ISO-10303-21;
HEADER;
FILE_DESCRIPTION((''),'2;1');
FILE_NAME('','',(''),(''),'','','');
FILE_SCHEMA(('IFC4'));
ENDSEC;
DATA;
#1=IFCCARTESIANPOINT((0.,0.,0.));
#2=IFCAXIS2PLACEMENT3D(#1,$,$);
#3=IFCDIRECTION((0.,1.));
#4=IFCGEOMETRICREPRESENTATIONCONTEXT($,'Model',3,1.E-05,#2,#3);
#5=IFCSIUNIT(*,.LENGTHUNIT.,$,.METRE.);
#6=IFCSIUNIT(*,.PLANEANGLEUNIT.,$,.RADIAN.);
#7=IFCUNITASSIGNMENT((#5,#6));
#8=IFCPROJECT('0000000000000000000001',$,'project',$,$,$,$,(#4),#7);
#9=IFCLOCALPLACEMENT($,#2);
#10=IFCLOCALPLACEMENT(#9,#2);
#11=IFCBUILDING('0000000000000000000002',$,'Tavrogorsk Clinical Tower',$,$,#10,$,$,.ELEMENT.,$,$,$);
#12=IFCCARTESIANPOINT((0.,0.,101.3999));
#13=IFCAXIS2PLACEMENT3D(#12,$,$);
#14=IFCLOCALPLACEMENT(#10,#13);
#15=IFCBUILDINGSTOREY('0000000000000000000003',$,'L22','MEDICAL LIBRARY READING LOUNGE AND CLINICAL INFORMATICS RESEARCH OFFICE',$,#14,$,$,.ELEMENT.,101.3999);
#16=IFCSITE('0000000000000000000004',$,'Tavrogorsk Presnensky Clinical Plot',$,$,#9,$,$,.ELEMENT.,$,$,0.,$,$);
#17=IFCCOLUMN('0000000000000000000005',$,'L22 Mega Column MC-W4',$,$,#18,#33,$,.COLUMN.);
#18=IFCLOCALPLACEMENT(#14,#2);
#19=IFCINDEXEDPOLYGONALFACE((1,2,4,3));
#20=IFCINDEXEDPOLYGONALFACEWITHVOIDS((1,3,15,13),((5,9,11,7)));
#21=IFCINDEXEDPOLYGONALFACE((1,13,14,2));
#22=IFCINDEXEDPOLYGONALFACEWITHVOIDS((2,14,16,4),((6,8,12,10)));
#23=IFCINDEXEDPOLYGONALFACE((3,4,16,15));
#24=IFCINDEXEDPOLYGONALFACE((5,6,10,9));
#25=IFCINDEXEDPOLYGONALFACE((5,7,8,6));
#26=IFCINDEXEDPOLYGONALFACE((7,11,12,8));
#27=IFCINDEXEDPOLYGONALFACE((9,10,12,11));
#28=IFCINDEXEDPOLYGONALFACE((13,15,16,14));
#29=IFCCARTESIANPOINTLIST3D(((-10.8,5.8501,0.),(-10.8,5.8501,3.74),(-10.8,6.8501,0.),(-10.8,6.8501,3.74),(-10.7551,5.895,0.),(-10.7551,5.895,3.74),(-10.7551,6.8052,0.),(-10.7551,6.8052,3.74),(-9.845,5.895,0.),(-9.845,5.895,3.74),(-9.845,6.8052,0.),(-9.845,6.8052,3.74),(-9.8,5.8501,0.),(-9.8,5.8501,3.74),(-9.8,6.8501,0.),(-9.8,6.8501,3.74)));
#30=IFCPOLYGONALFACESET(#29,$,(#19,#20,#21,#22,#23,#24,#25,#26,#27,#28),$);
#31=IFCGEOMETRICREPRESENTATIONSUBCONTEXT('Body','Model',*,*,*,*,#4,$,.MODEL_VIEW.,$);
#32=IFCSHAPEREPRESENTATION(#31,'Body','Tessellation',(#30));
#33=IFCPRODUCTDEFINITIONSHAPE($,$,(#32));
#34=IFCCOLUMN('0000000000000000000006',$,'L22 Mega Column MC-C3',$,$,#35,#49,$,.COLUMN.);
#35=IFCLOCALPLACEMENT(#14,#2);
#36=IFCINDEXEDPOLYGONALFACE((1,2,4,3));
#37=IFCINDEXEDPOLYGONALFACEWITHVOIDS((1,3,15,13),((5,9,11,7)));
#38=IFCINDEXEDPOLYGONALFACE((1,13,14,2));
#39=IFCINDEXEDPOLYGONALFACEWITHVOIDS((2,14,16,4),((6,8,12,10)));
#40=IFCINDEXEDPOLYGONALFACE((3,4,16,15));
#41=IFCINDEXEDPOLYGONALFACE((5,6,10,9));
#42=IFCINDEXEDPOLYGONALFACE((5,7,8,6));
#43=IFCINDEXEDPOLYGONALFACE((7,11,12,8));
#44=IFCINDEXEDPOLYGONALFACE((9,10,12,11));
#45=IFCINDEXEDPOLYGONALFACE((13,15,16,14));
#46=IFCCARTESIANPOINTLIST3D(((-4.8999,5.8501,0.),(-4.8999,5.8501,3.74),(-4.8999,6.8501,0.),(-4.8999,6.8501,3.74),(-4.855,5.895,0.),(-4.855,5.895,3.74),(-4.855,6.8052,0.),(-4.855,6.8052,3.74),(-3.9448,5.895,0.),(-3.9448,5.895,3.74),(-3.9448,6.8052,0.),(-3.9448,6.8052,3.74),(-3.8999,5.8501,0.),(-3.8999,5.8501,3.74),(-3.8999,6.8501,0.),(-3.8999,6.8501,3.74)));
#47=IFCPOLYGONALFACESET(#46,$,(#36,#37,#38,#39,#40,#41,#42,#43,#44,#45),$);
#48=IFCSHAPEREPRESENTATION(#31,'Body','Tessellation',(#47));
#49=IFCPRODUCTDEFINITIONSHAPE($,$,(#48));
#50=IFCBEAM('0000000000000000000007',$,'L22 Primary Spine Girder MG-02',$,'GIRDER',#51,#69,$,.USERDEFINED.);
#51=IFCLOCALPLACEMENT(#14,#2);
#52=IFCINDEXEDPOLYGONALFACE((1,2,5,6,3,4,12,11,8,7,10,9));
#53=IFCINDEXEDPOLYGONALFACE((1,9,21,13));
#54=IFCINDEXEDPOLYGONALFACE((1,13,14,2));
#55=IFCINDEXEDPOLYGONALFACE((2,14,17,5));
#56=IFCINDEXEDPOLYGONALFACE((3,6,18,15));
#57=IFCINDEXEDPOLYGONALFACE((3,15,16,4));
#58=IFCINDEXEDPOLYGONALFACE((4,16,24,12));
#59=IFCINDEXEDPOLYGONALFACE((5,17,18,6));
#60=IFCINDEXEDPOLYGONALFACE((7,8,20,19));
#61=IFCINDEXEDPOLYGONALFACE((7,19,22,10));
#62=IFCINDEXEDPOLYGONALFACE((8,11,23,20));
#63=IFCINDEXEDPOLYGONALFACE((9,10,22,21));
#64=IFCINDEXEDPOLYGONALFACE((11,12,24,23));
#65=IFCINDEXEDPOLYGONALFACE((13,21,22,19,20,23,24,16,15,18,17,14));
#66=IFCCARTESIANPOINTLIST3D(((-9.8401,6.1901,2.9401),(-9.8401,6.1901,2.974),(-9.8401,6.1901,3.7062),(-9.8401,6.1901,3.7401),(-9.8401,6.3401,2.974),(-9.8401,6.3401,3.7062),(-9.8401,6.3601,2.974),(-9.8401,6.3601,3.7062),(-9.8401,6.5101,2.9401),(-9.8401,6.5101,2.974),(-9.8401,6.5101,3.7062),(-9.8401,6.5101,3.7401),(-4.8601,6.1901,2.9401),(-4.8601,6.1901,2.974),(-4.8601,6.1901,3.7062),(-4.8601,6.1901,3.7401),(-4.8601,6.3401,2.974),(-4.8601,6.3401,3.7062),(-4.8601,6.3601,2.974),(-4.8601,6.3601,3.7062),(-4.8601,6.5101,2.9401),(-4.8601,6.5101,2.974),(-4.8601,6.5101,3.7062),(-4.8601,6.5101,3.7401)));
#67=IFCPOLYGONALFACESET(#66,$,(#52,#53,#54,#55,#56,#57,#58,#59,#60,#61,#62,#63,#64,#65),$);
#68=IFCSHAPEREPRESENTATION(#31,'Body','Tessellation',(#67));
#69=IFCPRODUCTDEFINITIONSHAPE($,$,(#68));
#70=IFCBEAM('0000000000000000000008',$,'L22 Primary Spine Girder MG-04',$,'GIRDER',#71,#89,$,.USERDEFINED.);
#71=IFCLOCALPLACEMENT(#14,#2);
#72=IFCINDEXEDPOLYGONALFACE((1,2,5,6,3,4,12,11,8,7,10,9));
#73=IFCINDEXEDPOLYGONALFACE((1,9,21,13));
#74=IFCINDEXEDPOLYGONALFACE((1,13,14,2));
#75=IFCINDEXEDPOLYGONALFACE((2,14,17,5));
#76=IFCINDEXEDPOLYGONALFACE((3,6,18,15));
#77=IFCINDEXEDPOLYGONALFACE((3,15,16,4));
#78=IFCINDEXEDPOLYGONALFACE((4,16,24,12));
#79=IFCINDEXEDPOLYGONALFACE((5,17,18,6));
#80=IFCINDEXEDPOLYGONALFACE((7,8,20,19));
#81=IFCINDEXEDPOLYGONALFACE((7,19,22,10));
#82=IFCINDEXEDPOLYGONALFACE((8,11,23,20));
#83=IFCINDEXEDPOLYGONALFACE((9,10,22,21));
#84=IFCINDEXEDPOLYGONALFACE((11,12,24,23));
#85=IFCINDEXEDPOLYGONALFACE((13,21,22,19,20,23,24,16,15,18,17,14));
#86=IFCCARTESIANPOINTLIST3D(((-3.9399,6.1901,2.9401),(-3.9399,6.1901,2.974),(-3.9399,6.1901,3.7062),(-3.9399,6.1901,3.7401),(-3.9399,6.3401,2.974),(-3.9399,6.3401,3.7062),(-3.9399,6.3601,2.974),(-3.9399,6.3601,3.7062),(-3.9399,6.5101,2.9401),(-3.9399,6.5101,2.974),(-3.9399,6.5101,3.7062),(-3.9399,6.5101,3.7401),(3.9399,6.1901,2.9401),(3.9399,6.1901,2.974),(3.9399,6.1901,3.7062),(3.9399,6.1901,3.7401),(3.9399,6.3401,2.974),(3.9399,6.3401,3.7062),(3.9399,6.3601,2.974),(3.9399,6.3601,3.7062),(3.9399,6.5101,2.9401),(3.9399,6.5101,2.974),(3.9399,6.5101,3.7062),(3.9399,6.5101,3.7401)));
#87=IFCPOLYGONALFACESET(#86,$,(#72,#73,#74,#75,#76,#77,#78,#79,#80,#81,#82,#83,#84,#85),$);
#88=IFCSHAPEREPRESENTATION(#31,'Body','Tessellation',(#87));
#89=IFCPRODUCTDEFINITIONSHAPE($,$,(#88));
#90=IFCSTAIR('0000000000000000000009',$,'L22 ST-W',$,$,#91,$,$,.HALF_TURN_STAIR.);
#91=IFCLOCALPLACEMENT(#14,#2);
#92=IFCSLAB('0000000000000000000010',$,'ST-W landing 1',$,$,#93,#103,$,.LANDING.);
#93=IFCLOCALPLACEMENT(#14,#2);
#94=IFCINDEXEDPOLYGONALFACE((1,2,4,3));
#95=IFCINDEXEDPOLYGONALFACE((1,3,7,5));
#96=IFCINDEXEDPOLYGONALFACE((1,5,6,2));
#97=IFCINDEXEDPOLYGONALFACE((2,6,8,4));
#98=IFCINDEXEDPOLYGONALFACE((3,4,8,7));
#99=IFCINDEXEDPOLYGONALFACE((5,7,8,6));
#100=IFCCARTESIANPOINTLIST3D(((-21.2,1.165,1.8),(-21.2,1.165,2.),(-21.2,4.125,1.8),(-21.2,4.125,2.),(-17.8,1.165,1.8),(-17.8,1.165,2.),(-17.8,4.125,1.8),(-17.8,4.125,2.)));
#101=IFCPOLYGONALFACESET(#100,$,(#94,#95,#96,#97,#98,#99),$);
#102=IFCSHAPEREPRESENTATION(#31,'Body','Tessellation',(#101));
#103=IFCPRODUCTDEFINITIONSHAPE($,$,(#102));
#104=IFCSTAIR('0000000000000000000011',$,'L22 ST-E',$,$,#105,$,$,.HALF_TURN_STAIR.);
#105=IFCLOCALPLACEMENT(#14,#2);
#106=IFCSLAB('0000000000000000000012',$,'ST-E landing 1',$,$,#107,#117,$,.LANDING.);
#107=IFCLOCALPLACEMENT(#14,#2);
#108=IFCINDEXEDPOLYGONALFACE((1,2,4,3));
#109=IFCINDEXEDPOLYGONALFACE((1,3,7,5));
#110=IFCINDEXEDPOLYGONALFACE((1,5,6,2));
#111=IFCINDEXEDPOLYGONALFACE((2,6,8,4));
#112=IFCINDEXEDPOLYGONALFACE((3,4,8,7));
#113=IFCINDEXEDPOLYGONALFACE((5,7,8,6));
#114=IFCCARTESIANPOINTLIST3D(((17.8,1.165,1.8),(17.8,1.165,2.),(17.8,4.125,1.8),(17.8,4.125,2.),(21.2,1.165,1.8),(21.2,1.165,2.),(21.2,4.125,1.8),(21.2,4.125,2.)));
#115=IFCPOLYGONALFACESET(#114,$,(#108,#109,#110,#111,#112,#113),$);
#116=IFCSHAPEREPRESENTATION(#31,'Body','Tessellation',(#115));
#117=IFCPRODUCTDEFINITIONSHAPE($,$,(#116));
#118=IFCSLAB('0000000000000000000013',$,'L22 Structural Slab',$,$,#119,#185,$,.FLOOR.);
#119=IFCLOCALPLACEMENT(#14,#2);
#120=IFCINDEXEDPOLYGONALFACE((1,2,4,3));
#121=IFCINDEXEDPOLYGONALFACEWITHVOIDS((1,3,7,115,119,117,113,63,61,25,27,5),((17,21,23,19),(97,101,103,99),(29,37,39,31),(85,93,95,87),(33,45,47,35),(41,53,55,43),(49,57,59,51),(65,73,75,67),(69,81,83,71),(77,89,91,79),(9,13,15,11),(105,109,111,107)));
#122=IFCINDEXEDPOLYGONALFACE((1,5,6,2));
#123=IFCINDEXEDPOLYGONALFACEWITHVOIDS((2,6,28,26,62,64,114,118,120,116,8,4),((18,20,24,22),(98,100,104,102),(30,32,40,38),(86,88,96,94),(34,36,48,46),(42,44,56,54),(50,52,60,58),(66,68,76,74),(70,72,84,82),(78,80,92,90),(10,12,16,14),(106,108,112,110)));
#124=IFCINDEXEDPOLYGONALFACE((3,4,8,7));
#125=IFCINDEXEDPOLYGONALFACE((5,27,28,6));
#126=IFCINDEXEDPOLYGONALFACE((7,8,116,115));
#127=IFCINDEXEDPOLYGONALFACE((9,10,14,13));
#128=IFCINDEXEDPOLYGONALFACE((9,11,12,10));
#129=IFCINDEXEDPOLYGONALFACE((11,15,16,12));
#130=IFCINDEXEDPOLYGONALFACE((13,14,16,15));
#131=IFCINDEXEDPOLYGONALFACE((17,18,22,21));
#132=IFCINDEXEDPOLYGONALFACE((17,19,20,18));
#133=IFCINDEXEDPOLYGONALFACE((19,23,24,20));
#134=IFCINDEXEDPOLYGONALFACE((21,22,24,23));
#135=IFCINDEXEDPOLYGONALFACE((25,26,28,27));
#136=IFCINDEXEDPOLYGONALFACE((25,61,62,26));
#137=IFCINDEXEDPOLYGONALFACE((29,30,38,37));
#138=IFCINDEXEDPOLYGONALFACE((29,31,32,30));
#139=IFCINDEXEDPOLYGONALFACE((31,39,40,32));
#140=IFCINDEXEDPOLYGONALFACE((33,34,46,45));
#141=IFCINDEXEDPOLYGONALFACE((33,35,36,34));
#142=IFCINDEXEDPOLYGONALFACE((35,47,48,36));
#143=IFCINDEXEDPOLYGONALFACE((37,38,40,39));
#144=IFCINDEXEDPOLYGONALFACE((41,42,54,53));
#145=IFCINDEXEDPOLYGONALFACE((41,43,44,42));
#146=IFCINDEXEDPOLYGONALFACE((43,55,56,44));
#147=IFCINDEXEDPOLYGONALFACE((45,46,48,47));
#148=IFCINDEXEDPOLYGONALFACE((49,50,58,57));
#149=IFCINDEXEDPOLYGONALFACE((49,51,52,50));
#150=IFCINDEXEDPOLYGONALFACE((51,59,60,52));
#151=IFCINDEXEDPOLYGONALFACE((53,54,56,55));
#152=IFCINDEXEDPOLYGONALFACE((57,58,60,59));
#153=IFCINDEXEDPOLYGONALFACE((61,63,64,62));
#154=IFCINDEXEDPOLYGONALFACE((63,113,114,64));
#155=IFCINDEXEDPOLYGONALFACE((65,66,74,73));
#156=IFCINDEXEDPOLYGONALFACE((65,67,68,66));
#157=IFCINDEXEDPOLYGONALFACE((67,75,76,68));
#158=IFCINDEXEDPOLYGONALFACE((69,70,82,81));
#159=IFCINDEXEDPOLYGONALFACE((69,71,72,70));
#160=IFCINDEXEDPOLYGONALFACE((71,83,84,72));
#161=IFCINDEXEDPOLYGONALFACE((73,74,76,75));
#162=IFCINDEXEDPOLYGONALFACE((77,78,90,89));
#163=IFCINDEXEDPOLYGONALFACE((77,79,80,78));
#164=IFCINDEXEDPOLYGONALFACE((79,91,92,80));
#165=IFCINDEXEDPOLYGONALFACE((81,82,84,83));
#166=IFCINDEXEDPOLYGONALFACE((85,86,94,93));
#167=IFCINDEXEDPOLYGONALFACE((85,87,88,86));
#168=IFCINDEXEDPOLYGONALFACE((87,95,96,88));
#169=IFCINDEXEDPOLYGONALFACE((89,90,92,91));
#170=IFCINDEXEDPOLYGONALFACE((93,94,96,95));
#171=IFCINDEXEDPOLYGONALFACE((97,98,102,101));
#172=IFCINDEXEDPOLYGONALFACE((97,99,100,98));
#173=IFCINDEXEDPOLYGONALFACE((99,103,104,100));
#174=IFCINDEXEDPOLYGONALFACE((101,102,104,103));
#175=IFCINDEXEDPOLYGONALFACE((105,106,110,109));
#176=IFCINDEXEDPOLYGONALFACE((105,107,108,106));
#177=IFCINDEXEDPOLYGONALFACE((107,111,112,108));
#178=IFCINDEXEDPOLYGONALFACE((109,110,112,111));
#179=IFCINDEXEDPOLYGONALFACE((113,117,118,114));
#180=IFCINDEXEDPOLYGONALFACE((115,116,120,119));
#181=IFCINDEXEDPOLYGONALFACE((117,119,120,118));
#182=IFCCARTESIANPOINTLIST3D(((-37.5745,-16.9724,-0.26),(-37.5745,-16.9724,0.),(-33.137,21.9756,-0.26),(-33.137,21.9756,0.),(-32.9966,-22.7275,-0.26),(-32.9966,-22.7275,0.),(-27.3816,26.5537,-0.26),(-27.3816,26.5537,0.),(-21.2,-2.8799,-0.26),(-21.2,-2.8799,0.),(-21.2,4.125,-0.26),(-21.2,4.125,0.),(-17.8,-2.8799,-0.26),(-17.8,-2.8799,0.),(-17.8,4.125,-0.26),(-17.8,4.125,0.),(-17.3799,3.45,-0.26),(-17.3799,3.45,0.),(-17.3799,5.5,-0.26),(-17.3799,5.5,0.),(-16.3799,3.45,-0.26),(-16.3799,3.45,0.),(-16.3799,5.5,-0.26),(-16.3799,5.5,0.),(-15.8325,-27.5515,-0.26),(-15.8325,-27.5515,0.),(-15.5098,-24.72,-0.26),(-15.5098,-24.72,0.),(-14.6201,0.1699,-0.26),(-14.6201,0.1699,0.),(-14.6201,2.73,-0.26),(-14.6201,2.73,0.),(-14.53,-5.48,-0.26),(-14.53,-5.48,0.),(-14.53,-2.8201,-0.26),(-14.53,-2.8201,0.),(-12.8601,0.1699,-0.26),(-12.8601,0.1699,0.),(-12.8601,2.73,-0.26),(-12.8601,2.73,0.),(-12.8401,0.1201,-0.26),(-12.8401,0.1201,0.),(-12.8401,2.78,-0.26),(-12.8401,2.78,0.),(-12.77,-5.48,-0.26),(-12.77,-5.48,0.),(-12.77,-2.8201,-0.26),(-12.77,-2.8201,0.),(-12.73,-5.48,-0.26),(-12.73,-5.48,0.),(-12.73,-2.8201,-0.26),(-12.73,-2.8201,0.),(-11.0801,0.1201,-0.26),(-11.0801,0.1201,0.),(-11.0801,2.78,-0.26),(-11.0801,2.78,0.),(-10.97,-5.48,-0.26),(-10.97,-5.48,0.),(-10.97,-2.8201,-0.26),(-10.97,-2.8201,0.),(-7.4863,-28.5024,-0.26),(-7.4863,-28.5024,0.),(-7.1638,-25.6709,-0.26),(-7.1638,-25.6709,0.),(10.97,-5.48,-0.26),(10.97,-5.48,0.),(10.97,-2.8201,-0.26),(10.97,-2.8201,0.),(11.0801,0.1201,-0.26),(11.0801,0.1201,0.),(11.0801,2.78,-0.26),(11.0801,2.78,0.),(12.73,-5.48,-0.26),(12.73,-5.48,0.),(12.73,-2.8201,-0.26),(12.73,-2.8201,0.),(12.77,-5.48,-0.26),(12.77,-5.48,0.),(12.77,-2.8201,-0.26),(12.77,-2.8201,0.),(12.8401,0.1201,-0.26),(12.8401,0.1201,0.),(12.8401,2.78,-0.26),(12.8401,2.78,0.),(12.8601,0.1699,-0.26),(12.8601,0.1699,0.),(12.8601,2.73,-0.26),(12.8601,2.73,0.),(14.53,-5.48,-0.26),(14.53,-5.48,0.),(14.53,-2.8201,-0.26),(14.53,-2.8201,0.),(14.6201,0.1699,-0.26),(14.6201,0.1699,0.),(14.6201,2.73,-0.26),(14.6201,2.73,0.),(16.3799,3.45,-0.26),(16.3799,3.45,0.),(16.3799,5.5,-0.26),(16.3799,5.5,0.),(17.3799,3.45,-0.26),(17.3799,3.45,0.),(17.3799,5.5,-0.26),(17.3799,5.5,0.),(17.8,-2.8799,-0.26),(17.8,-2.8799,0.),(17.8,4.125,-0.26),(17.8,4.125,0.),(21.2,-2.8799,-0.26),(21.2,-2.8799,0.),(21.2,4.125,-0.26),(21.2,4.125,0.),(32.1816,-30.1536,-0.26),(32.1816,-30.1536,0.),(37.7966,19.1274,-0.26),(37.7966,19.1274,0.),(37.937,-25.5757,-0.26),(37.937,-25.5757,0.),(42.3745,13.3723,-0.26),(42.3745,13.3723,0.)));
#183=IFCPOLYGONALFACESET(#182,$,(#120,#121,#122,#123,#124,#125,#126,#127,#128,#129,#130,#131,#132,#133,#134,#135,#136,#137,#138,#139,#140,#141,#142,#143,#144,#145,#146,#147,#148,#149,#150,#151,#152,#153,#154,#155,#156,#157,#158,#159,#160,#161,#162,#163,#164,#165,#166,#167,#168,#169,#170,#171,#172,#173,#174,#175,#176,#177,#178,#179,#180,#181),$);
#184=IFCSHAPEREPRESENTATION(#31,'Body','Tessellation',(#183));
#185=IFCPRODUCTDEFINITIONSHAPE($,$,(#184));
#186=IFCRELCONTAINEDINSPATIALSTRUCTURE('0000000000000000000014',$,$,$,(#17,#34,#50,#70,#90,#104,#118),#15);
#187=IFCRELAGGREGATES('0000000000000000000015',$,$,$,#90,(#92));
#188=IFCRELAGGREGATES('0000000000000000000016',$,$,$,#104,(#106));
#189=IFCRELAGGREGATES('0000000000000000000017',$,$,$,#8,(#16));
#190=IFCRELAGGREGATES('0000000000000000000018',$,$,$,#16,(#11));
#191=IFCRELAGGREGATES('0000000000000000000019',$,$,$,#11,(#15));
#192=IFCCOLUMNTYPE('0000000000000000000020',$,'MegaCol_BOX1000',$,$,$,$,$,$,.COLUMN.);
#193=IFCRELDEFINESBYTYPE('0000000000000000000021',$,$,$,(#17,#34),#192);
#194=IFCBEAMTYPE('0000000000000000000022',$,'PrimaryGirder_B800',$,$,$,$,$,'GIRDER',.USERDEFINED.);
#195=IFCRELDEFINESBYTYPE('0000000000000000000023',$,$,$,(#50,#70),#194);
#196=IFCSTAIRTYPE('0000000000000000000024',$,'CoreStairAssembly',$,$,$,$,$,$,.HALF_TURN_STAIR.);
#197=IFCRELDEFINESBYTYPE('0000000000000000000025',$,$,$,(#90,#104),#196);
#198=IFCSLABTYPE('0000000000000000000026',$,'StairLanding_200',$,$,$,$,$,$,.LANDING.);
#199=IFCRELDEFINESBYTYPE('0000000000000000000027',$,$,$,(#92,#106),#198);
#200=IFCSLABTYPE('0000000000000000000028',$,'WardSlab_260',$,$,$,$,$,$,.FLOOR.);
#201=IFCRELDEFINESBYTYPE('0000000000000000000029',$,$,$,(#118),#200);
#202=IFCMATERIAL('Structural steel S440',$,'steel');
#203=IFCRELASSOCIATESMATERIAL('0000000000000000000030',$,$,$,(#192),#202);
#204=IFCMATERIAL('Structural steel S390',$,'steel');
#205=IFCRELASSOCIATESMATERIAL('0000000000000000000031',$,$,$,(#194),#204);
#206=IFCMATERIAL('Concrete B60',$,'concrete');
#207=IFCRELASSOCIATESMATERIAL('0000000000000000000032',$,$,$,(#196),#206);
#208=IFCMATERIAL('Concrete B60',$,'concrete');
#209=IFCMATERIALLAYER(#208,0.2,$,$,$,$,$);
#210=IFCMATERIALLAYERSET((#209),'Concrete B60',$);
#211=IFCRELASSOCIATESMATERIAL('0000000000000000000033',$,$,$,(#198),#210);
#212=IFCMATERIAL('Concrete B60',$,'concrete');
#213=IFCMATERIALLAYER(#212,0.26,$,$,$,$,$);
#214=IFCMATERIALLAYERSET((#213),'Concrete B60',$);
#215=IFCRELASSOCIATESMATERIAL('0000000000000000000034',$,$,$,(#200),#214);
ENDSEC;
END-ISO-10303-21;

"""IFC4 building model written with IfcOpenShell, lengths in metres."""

from ifc_helpers import new_model, si_unit, direction, frame, origin, origin_2d, place, context, subcontext, project, spatial, polyline, hollow_rectangle, i_section, outline, extrude, material, layer, layer_set, material_profile, profile_set, type_object, element, aggregate, save


model = new_model("IFC4")

# Units and contexts
model_context = context("Model", 3, precision=1e-05, world=origin(), true_north=direction((0.0, 1.0)))
body_context = subcontext(model_context, "Body", "Model", "MODEL_VIEW")
ifc_project = project(units=[si_unit("LENGTHUNIT", "METRE"), si_unit("PLANEANGLEUNIT", "RADIAN")], contexts=[model_context])

# Site, building, storey
site_placement = place(None, origin())
site = spatial("IfcSite", under=ifc_project, at=site_placement, Name="Tavrogorsk Presnensky Clinical Plot", CompositionType="ELEMENT", RefElevation=0.0)
building_placement = place(site_placement, origin())
building = spatial("IfcBuilding", under=site, at=building_placement, Name="Tavrogorsk Clinical Tower", CompositionType="ELEMENT")
storey_placement = place(building_placement, frame((0.0, 0.0, 101.3999)))
storey = spatial("IfcBuildingStorey", under=building, at=storey_placement, Name="L22", Description="MEDICAL LIBRARY READING LOUNGE AND CLINICAL INFORMATICS RESEARCH OFFICE", CompositionType="ELEMENT", Elevation=101.3999)

# Columns
ifc_material_1 = material(Name="Structural steel S440", Category="steel")
ifc_material_profile_1 = material_profile(ifc_material_1, hollow_rectangle(XDim=1.0, YDim=1.0, WallThickness=0.0449, at=origin_2d()), Name="BOX-1000x1000x45")
ifc_profile_set_1 = profile_set([ifc_material_profile_1], Name="Structural steel S440")
column_type = type_object("IfcColumnType", Name="MegaCol_BOX1000", PredefinedType="COLUMN", material=ifc_profile_set_1)
for number, where, z_axis, x_axis, name in (
    (1, (-10.3, 6.3501, 0.0), (0.0, 0.0, 1.0), (1.0, 0.0, 0.0), "L22 Mega Column MC-W4"),
    (2, (-4.3999, 6.3501, 0.0), (0.0, 0.0, 1.0), (1.0, 0.0, 0.0), "L22 Mega Column MC-C3"),
):
    element("IfcColumn", number, at=place(storey_placement, frame(where, z_axis=z_axis, x_axis=x_axis)), inside=storey, type_object=column_type, Name=name, PredefinedType="COLUMN", context=body_context, shape_type="SweptSolid", body=[
        extrude(hollow_rectangle(XDim=1.0, YDim=1.0, WallThickness=0.0449, at=origin_2d()), origin(), (0.0, 0.0, 1.0), 3.74),
    ])

# Beams
ifc_material_2 = material(Name="Structural steel S390", Category="steel")
ifc_material_profile_2 = material_profile(ifc_material_2, i_section(OverallWidth=0.3201, OverallDepth=0.8, WebThickness=0.02, FlangeThickness=0.0339, at=origin_2d()), Name="B-800x320x20x34")
ifc_profile_set_2 = profile_set([ifc_material_profile_2], Name="Structural steel S390")
beam_type = type_object("IfcBeamType", Name="PrimaryGirder_B800", ElementType="GIRDER", PredefinedType="USERDEFINED", material=ifc_profile_set_2)
beam_1_placement = place(storey_placement, frame((-9.8401, 6.3501, 3.3401), z_axis=(1.0, 0.0, 0.0), x_axis=(0.0, 1.0, 0.0)))
element("IfcBeam", 3, at=beam_1_placement, inside=storey, type_object=beam_type, Name="L22 Primary Spine Girder MG-02", ObjectType="GIRDER", PredefinedType="USERDEFINED", context=body_context, shape_type="SweptSolid", body=[
    extrude(i_section(OverallWidth=0.3201, OverallDepth=0.8, WebThickness=0.02, FlangeThickness=0.0339, at=origin_2d()), origin(), (0.0, 0.0, 1.0), 4.98),
])
beam_2_placement = place(storey_placement, frame((-3.9399, 6.3501, 3.3401), z_axis=(1.0, 0.0, 0.0), x_axis=(0.0, 1.0, 0.0)))
element("IfcBeam", 4, at=beam_2_placement, inside=storey, type_object=beam_type, Name="L22 Primary Spine Girder MG-04", ObjectType="GIRDER", PredefinedType="USERDEFINED", context=body_context, shape_type="SweptSolid", body=[
    extrude(i_section(OverallWidth=0.3201, OverallDepth=0.8, WebThickness=0.02, FlangeThickness=0.0339, at=origin_2d()), origin(), (0.0, 0.0, 1.0), 7.8799),
])

# Stairs, slabs
ifc_material_3 = material(Name="Concrete B60", Category="concrete")
stair_type = type_object("IfcStairType", Name="CoreStairAssembly", PredefinedType="HALF_TURN_STAIR", material=ifc_material_3)
stair_1_placement = place(storey_placement, origin())
stair_1 = element("IfcStair", 5, at=stair_1_placement, inside=storey, type_object=stair_type, Name="L22 ST-W", PredefinedType="HALF_TURN_STAIR")
ifc_material_4 = material(Name="Concrete B60", Category="concrete")
ifc_layer_1 = layer(ifc_material_4, 0.2)
ifc_layer_set_1 = layer_set([ifc_layer_1], Name="Concrete B60")
slab_type_1 = type_object("IfcSlabType", Name="StairLanding_200", PredefinedType="LANDING", material=ifc_layer_set_1)
slab_1_placement = place(storey_placement, frame((0.0, 0.0, 1.8)))
slab_1 = element("IfcSlab", 6, at=slab_1_placement, type_object=slab_type_1, Name="ST-W landing 1", PredefinedType="LANDING", context=body_context, shape_type="SweptSolid", body=[
    extrude(outline(polyline([(-17.8, 1.165), (-17.8, 4.125), (-21.2, 4.125), (-21.2, 1.165), (-17.8, 1.165)])), origin(), (0.0, 0.0, 1.0), 0.2),
])
aggregate(stair_1, [slab_1])
stair_2_placement = place(storey_placement, origin())
stair_2 = element("IfcStair", 7, at=stair_2_placement, inside=storey, type_object=stair_type, Name="L22 ST-E", PredefinedType="HALF_TURN_STAIR")
slab_2_placement = place(storey_placement, frame((0.0, 0.0, 1.8)))
slab_2 = element("IfcSlab", 8, at=slab_2_placement, type_object=slab_type_1, Name="ST-E landing 1", PredefinedType="LANDING", context=body_context, shape_type="SweptSolid", body=[
    extrude(outline(polyline([(21.2, 1.165), (21.2, 4.125), (17.8, 4.125), (17.8, 1.165), (21.2, 1.165)])), origin(), (0.0, 0.0, 1.0), 0.2),
])
aggregate(stair_2, [slab_2])

# Slab
ifc_material_5 = material(Name="Concrete B60", Category="concrete")
ifc_layer_2 = layer(ifc_material_5, 0.26)
ifc_layer_set_2 = layer_set([ifc_layer_2], Name="Concrete B60")
slab_type_2 = type_object("IfcSlabType", Name="WardSlab_260", PredefinedType="FLOOR", material=ifc_layer_set_2)
slab_3_placement = place(storey_placement, frame((0.0, 0.0, -0.26)))
element("IfcSlab", 9, at=slab_3_placement, inside=storey, type_object=slab_type_2, Name="L22 Structural Slab", PredefinedType="FLOOR", context=body_context, shape_type="SweptSolid", body=[
    extrude(outline(polyline([(-32.9966, -22.7275), (-37.5745, -16.9724), (-33.137, 21.9756), (-27.3816, 26.5537), (37.7966, 19.1274), (42.3745, 13.3723), (37.937, -25.5757), (32.1816, -30.1536), (-7.1638, -25.6709), (-7.4863, -28.5024), (-15.8325, -27.5515), (-15.5098, -24.72), (-32.9966, -22.7275)]), holes=[polyline([(-17.8, -2.8799), (-17.8, 4.125), (-21.2, 4.125), (-21.2, -2.8799), (-17.8, -2.8799)]), polyline([(21.2, -2.8799), (21.2, 4.125), (17.8, 4.125), (17.8, -2.8799), (21.2, -2.8799)]), polyline([(-14.6201, 0.1699), (-12.8601, 0.1699), (-12.8601, 2.73), (-14.6201, 2.73), (-14.6201, 0.1699)]), polyline([(-14.53, -5.48), (-12.77, -5.48), (-12.77, -2.8201), (-14.53, -2.8201), (-14.53, -5.48)]), polyline([(-12.73, -5.48), (-10.97, -5.48), (-10.97, -2.8201), (-12.73, -2.8201), (-12.73, -5.48)]), polyline([(-12.8401, 0.1201), (-11.0801, 0.1201), (-11.0801, 2.78), (-12.8401, 2.78), (-12.8401, 0.1201)]), polyline([(12.8601, 0.1699), (14.6201, 0.1699), (14.6201, 2.73), (12.8601, 2.73), (12.8601, 0.1699)]), polyline([(12.77, -5.48), (14.53, -5.48), (14.53, -2.8201), (12.77, -2.8201), (12.77, -5.48)]), polyline([(10.97, -5.48), (12.73, -5.48), (12.73, -2.8201), (10.97, -2.8201), (10.97, -5.48)]), polyline([(11.0801, 0.1201), (12.8401, 0.1201), (12.8401, 2.78), (11.0801, 2.78), (11.0801, 0.1201)]), polyline([(-17.3799, 3.45), (-16.3799, 3.45), (-16.3799, 5.5), (-17.3799, 5.5), (-17.3799, 3.45)]), polyline([(16.3799, 3.45), (17.3799, 3.45), (17.3799, 5.5), (16.3799, 5.5), (16.3799, 3.45)])]), origin(), (0.0, 0.0, 1.0), 0.26),
])

save(model, "model.ifc")
